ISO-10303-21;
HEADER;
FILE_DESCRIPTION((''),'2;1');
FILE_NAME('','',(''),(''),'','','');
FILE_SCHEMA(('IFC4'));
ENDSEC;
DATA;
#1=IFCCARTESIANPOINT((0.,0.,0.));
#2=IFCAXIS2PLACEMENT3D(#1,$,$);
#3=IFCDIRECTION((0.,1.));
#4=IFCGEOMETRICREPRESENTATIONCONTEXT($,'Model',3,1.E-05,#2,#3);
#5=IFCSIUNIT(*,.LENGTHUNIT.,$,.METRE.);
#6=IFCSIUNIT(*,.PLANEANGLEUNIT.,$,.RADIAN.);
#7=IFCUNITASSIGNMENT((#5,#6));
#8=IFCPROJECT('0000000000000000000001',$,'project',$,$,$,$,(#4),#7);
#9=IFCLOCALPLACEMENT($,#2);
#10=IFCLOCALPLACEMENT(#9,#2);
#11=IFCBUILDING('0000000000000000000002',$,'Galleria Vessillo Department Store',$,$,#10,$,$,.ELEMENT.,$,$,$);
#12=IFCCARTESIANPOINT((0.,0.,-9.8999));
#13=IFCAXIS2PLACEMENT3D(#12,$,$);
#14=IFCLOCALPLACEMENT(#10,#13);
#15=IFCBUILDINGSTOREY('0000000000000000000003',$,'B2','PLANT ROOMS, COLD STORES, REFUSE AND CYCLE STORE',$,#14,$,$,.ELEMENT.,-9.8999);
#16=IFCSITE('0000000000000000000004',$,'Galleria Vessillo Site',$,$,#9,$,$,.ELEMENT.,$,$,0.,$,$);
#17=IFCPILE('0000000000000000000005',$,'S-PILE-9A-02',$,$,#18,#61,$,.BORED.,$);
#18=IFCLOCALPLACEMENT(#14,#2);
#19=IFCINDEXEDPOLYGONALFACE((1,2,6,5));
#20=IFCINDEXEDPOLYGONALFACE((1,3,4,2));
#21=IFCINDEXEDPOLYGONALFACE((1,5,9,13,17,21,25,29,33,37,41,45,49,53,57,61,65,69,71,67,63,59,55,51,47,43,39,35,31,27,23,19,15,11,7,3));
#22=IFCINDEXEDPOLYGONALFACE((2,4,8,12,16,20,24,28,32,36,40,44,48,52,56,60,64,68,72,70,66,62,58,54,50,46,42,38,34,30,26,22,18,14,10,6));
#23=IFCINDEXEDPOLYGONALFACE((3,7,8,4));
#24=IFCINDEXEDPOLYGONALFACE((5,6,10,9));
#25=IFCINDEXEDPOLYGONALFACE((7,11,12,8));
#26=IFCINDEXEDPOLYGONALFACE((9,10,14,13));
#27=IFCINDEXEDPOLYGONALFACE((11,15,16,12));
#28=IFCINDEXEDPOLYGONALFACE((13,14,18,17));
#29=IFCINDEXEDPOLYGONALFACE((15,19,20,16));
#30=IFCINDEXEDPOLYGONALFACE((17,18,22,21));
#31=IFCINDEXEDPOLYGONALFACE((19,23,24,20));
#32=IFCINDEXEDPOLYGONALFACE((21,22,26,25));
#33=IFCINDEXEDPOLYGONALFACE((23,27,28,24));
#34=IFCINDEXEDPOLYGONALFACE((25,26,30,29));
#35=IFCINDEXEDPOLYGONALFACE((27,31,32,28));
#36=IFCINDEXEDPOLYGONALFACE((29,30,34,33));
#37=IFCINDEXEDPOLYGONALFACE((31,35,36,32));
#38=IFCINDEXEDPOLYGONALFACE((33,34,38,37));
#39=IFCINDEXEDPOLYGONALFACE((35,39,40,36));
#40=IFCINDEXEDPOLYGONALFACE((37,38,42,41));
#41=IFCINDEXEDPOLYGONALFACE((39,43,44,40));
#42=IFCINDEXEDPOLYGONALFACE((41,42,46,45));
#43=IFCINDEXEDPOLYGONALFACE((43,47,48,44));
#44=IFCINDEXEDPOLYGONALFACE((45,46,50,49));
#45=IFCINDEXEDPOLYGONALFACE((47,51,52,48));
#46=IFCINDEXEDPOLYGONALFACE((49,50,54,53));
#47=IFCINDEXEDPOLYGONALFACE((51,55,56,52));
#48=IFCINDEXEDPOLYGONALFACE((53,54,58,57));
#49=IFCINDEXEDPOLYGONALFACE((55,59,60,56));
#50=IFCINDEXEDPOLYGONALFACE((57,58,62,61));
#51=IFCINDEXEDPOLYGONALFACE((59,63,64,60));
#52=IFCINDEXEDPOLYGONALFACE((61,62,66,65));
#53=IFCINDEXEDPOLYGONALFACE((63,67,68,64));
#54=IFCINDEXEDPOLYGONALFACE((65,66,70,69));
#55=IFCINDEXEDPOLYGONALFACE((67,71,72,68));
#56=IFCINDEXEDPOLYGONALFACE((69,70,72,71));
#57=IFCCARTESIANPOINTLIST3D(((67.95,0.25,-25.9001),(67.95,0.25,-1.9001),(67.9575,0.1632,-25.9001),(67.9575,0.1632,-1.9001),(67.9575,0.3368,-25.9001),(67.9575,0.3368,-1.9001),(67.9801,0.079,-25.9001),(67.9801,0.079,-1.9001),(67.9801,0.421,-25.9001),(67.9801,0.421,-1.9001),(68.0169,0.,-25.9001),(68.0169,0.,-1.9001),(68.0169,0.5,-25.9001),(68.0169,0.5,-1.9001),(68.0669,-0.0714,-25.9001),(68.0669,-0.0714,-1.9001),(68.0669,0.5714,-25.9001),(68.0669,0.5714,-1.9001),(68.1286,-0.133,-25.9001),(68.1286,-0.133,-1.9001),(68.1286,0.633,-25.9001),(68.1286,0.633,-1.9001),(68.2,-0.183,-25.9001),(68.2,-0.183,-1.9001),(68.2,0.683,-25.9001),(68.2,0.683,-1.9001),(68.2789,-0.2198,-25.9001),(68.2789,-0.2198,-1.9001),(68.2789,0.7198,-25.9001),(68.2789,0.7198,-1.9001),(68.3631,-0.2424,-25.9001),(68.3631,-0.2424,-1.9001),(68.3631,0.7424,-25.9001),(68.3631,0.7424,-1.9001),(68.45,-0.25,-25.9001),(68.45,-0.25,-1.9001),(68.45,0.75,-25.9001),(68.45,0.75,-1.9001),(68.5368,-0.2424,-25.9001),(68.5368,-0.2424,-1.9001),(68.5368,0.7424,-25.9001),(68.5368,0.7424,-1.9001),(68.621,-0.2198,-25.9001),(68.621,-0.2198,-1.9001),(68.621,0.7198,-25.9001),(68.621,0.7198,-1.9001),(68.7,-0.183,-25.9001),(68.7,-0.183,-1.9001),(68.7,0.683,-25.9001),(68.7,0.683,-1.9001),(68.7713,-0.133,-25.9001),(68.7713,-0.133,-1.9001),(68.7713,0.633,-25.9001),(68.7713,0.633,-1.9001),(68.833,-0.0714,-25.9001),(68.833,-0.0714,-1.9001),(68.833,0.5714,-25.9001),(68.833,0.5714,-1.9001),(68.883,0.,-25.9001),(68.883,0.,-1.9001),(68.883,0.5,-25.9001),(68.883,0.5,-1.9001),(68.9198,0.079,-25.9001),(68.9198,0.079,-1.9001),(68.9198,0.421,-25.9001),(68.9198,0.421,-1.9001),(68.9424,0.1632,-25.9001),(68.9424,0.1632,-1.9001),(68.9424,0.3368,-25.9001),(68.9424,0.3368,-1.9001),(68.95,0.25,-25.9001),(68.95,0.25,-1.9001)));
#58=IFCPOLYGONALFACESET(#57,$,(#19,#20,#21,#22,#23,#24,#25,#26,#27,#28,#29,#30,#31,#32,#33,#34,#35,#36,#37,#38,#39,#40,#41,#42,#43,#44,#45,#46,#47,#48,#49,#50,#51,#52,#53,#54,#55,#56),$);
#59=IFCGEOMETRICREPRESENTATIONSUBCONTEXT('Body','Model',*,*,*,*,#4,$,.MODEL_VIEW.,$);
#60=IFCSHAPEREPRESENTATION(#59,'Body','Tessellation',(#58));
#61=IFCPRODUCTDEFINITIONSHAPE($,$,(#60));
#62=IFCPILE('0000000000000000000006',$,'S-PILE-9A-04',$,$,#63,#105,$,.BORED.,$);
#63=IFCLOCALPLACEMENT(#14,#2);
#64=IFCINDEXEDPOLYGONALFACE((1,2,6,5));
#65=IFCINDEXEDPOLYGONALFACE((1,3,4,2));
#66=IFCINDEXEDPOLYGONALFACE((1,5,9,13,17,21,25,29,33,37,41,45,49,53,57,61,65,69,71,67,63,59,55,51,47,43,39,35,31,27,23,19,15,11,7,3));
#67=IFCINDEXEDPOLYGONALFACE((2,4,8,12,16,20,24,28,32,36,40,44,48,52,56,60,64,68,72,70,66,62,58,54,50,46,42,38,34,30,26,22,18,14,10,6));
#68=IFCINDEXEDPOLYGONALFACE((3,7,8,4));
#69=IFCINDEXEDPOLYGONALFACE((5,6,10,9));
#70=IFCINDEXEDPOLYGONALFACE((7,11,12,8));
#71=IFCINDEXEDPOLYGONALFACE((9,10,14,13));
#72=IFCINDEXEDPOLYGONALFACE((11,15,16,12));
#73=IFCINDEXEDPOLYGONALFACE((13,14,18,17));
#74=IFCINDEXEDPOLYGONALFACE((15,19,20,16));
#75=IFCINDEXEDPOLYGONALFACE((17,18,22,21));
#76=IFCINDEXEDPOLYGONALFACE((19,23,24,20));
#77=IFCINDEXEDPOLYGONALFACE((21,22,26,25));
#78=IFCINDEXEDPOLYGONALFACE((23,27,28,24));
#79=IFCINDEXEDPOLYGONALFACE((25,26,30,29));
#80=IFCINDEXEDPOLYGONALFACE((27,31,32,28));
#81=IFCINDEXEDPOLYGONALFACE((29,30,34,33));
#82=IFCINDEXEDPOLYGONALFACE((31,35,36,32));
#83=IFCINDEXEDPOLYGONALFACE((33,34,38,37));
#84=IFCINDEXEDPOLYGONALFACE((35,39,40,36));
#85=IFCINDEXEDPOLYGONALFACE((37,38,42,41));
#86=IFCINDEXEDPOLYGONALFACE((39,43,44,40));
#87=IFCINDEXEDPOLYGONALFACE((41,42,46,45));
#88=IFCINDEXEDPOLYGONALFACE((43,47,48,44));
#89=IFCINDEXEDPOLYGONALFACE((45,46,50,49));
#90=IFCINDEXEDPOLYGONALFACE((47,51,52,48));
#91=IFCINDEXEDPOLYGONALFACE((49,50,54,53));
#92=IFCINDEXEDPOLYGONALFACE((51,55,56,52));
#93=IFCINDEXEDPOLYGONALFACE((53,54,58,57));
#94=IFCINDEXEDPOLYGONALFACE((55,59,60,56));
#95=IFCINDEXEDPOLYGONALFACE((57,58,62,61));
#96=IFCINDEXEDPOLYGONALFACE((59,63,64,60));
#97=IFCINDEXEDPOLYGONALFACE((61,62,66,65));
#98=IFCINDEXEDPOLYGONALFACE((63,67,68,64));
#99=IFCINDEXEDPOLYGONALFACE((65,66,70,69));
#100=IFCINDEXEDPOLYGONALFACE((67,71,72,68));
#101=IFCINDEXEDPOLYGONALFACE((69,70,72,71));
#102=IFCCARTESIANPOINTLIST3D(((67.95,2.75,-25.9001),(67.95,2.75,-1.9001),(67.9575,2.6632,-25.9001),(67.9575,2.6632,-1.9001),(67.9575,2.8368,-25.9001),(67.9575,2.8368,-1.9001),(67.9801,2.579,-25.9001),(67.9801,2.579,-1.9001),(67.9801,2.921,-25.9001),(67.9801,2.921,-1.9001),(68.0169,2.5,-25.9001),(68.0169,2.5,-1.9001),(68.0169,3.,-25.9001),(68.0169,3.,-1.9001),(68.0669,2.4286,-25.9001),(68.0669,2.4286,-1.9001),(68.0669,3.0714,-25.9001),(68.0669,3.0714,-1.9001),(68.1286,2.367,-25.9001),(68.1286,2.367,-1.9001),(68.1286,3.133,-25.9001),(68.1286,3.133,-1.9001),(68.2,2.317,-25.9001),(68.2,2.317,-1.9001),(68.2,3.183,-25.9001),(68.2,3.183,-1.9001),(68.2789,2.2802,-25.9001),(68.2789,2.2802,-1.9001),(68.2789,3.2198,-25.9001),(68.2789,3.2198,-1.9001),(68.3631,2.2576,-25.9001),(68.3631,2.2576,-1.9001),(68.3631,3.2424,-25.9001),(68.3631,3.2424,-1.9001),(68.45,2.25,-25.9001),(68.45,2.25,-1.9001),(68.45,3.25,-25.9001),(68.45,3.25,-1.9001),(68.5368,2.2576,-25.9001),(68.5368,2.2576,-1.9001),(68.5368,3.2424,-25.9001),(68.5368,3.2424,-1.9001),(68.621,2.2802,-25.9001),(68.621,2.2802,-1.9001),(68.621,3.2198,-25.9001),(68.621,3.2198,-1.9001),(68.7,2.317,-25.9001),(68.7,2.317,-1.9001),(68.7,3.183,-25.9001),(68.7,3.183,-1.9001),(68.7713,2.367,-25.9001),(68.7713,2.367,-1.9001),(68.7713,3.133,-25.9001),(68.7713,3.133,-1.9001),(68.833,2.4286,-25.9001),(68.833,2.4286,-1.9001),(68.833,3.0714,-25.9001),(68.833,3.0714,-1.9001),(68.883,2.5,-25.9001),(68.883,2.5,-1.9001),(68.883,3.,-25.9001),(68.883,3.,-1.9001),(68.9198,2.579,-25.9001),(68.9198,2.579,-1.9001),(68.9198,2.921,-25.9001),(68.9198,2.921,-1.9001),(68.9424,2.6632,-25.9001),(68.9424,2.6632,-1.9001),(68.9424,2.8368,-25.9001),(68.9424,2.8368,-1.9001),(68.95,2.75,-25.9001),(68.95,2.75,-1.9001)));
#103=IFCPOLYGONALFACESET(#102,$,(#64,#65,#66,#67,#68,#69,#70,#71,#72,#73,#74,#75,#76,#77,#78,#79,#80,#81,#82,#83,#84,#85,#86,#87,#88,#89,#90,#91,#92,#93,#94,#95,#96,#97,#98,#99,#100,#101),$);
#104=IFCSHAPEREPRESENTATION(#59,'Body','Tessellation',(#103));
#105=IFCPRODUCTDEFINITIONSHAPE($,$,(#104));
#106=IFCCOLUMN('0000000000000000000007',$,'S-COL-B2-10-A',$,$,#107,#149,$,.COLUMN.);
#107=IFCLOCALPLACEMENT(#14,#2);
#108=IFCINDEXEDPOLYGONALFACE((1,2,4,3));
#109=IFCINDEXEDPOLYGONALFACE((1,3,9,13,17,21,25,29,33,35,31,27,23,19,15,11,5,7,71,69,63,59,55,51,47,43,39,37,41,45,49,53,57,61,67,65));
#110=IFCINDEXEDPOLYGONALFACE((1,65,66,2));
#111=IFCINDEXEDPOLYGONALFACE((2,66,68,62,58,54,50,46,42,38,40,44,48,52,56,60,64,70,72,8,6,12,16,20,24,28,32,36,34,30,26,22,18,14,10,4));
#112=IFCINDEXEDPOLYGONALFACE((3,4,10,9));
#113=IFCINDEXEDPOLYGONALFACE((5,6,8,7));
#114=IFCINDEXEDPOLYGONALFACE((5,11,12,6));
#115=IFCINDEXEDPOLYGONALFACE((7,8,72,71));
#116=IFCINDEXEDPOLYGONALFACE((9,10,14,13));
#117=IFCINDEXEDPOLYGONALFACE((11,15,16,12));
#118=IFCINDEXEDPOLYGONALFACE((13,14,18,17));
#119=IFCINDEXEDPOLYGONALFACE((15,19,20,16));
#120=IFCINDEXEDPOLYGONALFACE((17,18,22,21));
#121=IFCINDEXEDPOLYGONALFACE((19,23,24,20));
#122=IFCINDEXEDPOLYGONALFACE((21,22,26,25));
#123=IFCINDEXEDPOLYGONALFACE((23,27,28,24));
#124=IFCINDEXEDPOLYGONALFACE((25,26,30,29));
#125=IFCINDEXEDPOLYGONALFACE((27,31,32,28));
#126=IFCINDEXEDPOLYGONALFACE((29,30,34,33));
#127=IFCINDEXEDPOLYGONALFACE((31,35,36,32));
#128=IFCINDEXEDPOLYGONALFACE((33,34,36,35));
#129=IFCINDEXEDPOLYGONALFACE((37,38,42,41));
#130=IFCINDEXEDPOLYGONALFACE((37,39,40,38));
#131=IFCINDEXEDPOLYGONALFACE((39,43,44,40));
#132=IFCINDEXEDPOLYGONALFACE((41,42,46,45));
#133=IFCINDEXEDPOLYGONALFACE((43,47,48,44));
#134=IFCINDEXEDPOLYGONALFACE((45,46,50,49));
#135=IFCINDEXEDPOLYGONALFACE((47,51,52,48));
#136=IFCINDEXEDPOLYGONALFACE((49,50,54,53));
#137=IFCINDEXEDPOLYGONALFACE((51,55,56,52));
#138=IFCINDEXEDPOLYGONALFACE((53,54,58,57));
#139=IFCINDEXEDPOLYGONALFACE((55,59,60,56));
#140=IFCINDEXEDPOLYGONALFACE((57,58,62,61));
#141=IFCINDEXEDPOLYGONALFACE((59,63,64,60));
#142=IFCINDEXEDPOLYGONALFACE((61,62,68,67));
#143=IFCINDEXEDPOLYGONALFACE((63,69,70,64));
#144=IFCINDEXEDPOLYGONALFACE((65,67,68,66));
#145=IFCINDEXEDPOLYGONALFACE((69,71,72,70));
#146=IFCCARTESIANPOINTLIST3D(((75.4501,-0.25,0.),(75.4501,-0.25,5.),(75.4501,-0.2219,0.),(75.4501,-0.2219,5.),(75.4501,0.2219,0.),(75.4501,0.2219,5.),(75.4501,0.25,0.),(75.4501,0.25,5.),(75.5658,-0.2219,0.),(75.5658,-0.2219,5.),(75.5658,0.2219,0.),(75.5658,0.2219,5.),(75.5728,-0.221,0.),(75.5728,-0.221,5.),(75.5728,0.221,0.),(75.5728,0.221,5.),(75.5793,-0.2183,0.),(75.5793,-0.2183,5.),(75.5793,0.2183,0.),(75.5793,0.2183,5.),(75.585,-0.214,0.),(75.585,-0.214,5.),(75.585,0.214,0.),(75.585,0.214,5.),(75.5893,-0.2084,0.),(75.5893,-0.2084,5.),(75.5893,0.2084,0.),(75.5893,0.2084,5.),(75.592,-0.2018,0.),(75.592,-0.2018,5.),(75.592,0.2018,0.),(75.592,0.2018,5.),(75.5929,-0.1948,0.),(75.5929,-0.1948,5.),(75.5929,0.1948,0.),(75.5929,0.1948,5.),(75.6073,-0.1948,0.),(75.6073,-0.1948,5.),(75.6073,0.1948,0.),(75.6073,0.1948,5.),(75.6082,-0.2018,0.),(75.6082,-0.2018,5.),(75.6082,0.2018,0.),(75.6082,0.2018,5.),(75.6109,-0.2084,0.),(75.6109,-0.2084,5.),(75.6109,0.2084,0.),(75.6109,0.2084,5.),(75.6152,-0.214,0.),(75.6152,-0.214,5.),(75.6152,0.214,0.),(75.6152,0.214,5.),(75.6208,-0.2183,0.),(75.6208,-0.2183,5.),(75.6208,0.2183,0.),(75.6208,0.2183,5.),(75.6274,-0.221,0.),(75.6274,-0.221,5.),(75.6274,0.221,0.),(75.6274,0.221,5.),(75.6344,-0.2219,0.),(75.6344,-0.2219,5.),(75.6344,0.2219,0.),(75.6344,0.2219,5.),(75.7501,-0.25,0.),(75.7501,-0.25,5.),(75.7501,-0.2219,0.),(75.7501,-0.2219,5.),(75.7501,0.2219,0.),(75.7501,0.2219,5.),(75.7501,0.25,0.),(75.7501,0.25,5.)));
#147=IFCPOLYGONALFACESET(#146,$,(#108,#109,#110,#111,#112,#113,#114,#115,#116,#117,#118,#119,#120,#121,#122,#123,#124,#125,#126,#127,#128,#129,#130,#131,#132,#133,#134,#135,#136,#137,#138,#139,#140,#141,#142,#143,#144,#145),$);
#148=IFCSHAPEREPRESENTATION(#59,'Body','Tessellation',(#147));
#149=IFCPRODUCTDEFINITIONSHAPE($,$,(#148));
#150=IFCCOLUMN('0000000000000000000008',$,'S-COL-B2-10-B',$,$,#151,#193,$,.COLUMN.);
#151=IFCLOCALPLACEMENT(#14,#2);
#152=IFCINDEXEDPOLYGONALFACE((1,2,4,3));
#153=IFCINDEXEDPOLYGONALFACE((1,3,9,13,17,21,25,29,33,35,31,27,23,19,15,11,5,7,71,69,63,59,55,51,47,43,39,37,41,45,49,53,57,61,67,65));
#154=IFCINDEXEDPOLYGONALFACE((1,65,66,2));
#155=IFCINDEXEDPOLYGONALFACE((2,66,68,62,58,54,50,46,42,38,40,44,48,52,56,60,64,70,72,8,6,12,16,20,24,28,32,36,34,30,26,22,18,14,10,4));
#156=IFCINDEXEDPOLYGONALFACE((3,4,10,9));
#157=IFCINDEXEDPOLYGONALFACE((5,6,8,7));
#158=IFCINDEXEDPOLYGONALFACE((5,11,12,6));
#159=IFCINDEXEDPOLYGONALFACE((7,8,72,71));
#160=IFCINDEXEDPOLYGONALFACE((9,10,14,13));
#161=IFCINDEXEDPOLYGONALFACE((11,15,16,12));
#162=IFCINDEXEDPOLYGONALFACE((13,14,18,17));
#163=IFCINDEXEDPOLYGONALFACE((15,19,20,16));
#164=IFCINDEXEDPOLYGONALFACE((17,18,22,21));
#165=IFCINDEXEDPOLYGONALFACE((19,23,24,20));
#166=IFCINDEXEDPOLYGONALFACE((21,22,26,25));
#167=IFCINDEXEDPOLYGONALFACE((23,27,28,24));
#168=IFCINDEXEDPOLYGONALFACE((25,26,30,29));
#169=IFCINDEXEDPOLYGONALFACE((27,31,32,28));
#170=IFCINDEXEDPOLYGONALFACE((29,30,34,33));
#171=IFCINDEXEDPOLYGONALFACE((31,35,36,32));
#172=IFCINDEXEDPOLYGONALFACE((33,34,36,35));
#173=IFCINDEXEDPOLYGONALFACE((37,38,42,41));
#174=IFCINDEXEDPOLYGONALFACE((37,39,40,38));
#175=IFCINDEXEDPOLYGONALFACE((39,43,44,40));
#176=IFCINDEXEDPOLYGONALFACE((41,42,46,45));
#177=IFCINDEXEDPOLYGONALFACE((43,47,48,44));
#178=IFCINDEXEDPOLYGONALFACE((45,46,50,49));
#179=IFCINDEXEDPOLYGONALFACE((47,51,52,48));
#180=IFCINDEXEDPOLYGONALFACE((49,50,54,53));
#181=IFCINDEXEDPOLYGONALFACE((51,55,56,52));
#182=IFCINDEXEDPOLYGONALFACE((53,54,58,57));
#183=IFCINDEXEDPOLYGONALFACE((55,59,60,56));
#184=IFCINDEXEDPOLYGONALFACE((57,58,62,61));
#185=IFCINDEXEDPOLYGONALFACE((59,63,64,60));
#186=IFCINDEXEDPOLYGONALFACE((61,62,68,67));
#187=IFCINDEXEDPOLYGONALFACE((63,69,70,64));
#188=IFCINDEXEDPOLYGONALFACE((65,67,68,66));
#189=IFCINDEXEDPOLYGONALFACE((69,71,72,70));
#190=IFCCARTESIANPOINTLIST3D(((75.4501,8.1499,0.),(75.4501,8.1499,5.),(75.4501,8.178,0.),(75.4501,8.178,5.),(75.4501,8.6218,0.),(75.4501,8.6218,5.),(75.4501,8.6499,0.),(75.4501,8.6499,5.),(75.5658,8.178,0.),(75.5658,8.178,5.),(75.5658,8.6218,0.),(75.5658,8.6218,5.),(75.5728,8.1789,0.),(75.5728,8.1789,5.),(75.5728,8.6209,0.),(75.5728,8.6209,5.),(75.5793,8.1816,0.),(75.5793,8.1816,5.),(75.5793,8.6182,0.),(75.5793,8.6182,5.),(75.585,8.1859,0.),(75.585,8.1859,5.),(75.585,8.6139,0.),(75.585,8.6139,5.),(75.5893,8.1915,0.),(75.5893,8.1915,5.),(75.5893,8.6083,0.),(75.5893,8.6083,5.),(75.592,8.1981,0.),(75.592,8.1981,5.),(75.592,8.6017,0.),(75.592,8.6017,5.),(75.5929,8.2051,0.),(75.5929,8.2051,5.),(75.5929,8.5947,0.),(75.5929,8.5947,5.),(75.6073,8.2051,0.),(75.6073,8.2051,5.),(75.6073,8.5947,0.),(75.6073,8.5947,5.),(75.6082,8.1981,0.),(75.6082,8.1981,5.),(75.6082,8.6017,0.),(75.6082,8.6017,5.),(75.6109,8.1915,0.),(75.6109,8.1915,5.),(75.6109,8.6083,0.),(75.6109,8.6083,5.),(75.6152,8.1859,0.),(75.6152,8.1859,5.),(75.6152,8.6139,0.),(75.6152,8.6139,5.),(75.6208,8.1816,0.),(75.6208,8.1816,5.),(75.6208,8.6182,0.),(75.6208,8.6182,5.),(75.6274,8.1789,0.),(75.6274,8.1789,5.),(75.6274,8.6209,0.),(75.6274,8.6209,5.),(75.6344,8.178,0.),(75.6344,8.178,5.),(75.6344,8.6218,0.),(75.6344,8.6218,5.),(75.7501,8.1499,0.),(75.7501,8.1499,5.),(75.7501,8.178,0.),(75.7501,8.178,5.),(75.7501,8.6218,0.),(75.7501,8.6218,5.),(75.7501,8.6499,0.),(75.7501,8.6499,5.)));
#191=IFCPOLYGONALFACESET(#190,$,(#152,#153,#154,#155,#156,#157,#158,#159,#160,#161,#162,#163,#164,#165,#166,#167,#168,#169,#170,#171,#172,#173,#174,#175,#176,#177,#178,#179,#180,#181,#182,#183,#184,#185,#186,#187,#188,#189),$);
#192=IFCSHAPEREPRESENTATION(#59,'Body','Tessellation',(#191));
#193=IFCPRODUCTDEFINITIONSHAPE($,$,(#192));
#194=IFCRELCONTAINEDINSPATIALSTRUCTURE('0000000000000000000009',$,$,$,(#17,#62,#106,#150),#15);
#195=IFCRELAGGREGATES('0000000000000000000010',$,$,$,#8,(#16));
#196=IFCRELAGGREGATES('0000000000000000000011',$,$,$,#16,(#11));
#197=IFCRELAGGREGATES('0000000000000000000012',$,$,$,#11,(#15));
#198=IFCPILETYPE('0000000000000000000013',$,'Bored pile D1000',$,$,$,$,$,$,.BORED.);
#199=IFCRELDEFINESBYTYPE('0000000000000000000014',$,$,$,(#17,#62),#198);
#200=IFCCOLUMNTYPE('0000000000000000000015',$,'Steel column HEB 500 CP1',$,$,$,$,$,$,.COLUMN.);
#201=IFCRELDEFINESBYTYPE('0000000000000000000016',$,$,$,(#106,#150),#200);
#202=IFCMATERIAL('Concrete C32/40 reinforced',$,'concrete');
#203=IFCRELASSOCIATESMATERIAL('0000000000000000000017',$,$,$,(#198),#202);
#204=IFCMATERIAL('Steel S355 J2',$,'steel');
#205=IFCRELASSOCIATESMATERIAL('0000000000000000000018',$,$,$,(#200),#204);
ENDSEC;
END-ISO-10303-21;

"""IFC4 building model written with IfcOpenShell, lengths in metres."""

from ifc_helpers import new_model, si_unit, direction, frame, origin, origin_2d, place, context, subcontext, project, spatial, circle, i_section, extrude, material, material_profile, profile_set, type_object, element, save


model = new_model("IFC4")

# Units and contexts
model_context = context("Model", 3, precision=1e-05, world=origin(), true_north=direction((0.0, 1.0)))
body_context = subcontext(model_context, "Body", "Model", "MODEL_VIEW")
ifc_project = project(units=[si_unit("LENGTHUNIT", "METRE"), si_unit("PLANEANGLEUNIT", "RADIAN")], contexts=[model_context])

# Site, building, storey
site_placement = place(None, origin())
site = spatial("IfcSite", under=ifc_project, at=site_placement, Name="Galleria Vessillo Site", CompositionType="ELEMENT", RefElevation=0.0)
building_placement = place(site_placement, origin())
building = spatial("IfcBuilding", under=site, at=building_placement, Name="Galleria Vessillo Department Store", CompositionType="ELEMENT")
storey_placement = place(building_placement, frame((0.0, 0.0, -9.8999)))
storey = spatial("IfcBuildingStorey", under=building, at=storey_placement, Name="B2", Description="PLANT ROOMS, COLD STORES, REFUSE AND CYCLE STORE", CompositionType="ELEMENT", Elevation=-9.8999)

# Piles
ifc_material_1 = material(Name="Concrete C32/40 reinforced", Category="concrete")
ifc_material_profile_1 = material_profile(ifc_material_1, circle(Radius=0.5, at=origin_2d()), Name="Bored pile D1000")
ifc_profile_set_1 = profile_set([ifc_material_profile_1], Name="Concrete C32/40 reinforced")
pile_type = type_object("IfcPileType", Name="Bored pile D1000", PredefinedType="BORED", material=ifc_profile_set_1)
for number, where, z_axis, x_axis, name in (
    (1, (68.45, 0.25, -1.9001), (0.0, 0.0, -1.0), (1.0, 0.0, 0.0), "S-PILE-9A-02"),
    (2, (68.45, 2.75, -1.9001), (0.0, 0.0, -1.0), (1.0, 0.0, 0.0), "S-PILE-9A-04"),
):
    element("IfcPile", number, at=place(storey_placement, frame(where, z_axis=z_axis, x_axis=x_axis)), inside=storey, type_object=pile_type, Name=name, PredefinedType="BORED", context=body_context, shape_type="SweptSolid", body=[
        extrude(circle(Radius=0.5, at=origin_2d()), origin(), (0.0, 0.0, 1.0), 24.0),
    ])

# Columns
ifc_material_2 = material(Name="Steel S355 J2", Category="steel")
ifc_material_profile_2 = material_profile(ifc_material_2, i_section(OverallWidth=0.3, OverallDepth=0.5, WebThickness=0.0144, FlangeThickness=0.0281, FilletRadius=0.0271, at=origin_2d()), Name="HEB 500")
ifc_profile_set_2 = profile_set([ifc_material_profile_2], Name="Steel S355 J2")
column_type = type_object("IfcColumnType", Name="Steel column HEB 500 CP1", PredefinedType="COLUMN", material=ifc_profile_set_2)
for number, where, z_axis, x_axis, name in (
    (3, (75.6001, 0.0, 0.0), (0.0, 0.0, 1.0), (1.0, 0.0, 0.0), "S-COL-B2-10-A"),
    (4, (75.6001, 8.3999, 0.0), (0.0, 0.0, 1.0), (1.0, 0.0, 0.0), "S-COL-B2-10-B"),
):
    element("IfcColumn", number, at=place(storey_placement, frame(where, z_axis=z_axis, x_axis=x_axis)), inside=storey, type_object=column_type, Name=name, PredefinedType="COLUMN", context=body_context, shape_type="SweptSolid", body=[
        extrude(i_section(OverallWidth=0.3, OverallDepth=0.5, WebThickness=0.0144, FlangeThickness=0.0281, FilletRadius=0.0271, at=origin_2d()), origin(), (0.0, 0.0, 1.0), 5.0),
    ])

save(model, "model.ifc")
